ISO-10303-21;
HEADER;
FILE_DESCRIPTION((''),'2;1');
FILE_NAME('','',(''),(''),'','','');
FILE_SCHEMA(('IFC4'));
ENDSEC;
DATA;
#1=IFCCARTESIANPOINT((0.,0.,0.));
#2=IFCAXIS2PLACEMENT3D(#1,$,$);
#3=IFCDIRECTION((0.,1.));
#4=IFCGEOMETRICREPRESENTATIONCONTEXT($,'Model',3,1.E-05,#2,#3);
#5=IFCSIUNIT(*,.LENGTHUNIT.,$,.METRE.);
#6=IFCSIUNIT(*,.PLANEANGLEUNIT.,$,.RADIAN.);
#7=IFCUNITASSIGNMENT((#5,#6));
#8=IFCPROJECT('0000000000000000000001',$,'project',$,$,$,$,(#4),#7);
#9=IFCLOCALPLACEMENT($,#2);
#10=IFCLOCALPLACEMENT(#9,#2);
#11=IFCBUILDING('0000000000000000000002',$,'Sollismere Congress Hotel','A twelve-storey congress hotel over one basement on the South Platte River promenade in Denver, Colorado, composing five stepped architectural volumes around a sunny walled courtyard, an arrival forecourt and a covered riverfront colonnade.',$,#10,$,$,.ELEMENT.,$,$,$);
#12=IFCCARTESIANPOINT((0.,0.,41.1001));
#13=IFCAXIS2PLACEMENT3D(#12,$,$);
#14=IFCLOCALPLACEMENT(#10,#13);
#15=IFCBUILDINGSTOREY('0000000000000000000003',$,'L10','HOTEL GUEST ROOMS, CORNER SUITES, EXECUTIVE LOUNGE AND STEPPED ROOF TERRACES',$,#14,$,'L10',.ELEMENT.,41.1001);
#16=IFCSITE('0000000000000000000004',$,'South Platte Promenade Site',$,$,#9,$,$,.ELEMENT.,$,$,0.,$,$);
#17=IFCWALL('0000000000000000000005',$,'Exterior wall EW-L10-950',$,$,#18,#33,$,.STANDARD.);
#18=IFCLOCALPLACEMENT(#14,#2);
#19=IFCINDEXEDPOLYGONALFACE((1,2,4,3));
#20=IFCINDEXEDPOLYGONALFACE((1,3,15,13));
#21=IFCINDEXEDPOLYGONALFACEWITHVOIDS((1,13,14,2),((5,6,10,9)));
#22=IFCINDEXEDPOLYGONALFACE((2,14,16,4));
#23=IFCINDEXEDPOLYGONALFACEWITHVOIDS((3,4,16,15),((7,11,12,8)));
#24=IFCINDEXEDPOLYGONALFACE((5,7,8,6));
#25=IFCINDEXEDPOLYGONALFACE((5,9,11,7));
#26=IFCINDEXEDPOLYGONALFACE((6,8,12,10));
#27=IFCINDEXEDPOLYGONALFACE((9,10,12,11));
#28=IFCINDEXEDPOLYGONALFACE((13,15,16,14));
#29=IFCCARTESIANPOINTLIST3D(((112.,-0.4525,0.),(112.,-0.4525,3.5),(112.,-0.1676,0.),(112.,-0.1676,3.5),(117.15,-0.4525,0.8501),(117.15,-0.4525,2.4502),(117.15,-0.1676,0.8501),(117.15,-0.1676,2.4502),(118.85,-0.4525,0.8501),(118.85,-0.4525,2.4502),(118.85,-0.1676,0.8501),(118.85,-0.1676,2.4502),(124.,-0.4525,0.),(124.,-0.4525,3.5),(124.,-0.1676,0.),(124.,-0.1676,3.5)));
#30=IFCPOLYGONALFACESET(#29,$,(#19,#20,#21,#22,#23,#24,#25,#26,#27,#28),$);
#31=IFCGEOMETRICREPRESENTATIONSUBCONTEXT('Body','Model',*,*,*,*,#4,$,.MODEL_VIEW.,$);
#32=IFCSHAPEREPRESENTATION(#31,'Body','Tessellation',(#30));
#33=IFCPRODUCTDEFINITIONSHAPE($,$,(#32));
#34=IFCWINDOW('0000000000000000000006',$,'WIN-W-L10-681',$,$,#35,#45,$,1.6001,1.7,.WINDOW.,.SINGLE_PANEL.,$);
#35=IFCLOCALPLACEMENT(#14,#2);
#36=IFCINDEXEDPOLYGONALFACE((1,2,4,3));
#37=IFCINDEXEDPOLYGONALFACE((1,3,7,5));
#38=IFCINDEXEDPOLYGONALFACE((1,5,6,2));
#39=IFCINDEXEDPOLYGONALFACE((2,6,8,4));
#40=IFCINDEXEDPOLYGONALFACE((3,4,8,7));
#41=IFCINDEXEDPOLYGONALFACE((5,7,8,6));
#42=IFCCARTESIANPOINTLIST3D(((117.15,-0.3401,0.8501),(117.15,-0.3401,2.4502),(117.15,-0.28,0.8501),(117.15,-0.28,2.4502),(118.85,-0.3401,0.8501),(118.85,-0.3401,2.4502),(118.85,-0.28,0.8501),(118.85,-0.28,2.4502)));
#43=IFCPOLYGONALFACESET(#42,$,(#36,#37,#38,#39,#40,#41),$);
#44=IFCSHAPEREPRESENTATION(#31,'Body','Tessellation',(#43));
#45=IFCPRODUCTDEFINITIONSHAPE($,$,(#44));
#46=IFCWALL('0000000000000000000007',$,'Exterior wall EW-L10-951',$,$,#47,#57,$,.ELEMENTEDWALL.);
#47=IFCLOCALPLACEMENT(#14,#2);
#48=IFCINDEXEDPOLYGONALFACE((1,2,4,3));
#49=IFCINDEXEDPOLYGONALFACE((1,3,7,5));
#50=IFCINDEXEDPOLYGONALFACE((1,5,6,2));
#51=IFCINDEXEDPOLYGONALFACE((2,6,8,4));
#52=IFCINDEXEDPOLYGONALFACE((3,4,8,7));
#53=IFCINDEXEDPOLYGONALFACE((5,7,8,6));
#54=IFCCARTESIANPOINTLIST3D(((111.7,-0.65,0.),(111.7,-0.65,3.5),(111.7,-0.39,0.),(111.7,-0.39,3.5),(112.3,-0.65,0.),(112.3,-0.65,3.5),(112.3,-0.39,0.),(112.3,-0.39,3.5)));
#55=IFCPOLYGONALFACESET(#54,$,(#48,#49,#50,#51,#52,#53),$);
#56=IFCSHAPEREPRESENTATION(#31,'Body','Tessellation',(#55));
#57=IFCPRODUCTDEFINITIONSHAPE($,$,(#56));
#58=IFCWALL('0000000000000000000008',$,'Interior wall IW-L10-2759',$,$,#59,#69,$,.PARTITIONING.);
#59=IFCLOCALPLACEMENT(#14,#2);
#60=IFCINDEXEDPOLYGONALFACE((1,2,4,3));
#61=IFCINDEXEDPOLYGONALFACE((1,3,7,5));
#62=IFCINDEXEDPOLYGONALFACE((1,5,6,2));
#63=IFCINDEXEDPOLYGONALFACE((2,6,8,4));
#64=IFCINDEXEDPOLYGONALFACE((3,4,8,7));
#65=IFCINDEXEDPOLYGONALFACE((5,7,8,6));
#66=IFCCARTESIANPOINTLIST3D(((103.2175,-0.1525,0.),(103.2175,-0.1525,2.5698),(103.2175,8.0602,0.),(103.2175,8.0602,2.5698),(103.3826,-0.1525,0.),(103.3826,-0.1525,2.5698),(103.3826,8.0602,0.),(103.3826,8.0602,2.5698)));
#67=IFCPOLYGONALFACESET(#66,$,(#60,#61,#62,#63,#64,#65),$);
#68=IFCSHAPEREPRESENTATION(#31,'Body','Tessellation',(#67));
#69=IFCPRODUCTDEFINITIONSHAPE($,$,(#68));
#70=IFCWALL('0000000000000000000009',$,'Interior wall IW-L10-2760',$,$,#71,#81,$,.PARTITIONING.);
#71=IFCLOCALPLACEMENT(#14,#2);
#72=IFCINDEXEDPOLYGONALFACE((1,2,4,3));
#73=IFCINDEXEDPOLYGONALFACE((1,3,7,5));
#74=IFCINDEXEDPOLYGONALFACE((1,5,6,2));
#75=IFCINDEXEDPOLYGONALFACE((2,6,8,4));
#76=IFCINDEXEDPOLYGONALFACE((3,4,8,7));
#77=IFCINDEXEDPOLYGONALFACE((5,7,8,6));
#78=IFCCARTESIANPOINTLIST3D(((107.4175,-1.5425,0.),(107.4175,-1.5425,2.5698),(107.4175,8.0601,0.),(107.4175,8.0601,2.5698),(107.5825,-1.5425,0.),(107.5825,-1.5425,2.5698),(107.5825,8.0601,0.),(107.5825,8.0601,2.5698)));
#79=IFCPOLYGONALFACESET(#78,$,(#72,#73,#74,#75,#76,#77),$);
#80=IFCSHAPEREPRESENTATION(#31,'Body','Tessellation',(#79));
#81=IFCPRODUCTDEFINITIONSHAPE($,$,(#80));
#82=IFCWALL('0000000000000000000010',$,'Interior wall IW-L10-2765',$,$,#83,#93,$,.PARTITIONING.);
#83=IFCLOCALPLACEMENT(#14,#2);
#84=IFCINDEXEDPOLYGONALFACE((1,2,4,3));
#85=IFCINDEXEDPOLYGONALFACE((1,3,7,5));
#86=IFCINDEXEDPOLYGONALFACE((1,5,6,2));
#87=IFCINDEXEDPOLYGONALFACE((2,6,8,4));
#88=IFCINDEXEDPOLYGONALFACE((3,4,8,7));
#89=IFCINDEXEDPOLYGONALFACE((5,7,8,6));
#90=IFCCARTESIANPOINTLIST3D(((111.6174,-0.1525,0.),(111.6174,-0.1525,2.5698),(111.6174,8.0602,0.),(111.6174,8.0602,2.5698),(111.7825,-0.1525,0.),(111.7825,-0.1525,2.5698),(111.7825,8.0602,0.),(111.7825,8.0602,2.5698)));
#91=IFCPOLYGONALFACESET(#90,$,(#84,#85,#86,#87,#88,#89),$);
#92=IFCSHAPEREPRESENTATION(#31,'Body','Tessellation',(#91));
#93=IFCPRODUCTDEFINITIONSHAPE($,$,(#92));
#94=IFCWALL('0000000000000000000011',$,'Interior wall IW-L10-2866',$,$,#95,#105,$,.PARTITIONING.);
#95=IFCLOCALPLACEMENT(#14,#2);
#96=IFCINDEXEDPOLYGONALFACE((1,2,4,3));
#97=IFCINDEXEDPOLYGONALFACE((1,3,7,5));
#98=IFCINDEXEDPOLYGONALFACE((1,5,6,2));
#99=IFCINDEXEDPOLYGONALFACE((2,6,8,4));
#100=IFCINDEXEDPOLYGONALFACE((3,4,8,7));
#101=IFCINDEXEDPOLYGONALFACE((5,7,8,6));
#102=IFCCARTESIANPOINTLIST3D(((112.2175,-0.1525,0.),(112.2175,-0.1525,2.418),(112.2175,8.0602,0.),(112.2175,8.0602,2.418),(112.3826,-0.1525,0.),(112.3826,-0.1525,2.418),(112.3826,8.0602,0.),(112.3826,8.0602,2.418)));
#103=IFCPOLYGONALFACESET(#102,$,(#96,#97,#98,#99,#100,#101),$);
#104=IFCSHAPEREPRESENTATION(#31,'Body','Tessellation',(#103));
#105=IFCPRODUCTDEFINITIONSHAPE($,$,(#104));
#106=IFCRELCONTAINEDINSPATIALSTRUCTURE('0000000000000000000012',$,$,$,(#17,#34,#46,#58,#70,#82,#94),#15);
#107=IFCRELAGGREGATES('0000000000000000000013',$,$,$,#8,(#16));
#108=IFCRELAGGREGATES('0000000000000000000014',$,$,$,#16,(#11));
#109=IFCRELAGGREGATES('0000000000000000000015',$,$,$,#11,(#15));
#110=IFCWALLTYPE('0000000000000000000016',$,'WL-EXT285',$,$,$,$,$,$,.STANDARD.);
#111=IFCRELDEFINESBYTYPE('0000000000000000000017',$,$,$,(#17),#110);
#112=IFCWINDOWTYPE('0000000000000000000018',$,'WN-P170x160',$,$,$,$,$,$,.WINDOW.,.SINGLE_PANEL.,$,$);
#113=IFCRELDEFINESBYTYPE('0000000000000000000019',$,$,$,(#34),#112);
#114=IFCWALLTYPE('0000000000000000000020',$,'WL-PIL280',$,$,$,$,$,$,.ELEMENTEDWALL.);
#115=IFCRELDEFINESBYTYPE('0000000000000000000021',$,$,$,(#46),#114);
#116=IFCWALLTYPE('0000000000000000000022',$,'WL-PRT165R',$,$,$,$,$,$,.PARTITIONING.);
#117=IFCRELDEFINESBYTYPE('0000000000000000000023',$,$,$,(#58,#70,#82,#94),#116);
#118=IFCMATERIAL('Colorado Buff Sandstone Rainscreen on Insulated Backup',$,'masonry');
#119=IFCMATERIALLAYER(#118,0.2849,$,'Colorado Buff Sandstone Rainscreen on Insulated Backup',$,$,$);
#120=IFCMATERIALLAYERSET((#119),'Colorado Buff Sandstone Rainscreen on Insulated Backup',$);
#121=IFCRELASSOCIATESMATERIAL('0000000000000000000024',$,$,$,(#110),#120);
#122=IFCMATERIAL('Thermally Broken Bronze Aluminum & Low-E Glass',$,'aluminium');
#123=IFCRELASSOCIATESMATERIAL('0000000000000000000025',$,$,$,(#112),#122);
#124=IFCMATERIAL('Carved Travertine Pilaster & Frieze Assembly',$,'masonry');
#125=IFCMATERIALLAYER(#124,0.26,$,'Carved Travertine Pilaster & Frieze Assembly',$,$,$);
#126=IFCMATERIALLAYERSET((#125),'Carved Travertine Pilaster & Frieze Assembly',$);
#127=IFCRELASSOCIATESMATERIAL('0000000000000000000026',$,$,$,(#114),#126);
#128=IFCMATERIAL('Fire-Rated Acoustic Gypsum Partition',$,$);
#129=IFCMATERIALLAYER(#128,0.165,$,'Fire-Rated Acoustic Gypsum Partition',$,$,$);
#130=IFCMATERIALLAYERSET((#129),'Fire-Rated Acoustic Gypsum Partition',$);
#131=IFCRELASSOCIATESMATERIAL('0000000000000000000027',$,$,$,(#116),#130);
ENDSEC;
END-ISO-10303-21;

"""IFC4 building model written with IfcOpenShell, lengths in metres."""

from ifc_helpers import new_model, si_unit, direction, frame, frame_2d, origin, place, context, subcontext, project, spatial, rectangle, extrude, material, layer, layer_set, type_object, element, fill, save


model = new_model("IFC4")

# Units and contexts
model_context = context("Model", 3, precision=1e-05, world=origin(), true_north=direction((0.0, 1.0)))
body_context = subcontext(model_context, "Body", "Model", "MODEL_VIEW")
ifc_project = project(units=[si_unit("LENGTHUNIT", "METRE"), si_unit("PLANEANGLEUNIT", "RADIAN")], contexts=[model_context])

# Site, building, storey
site_placement = place(None, origin())
site = spatial("IfcSite", under=ifc_project, at=site_placement, Name="South Platte Promenade Site", CompositionType="ELEMENT", RefElevation=0.0)
building_placement = place(site_placement, origin())
building = spatial("IfcBuilding", under=site, at=building_placement, Name="Sollismere Congress Hotel", Description="A twelve-storey congress hotel over one basement on the South Platte River promenade in Denver, Colorado, composing five stepped architectural volumes around a sunny walled courtyard, an arrival forecourt and a covered riverfront colonnade.", CompositionType="ELEMENT")
storey_placement = place(building_placement, frame((0.0, 0.0, 41.1001)))
storey = spatial("IfcBuildingStorey", under=building, at=storey_placement, Name="L10", Description="HOTEL GUEST ROOMS, CORNER SUITES, EXECUTIVE LOUNGE AND STEPPED ROOF TERRACES", LongName="L10", CompositionType="ELEMENT", Elevation=41.1001)

# Shared definitions
ifc_material_1 = material(Name="Colorado Buff Sandstone Rainscreen on Insulated Backup", Category="masonry")
ifc_layer_1 = layer(ifc_material_1, 0.2849, Name="Colorado Buff Sandstone Rainscreen on Insulated Backup")
ifc_layer_set_1 = layer_set([ifc_layer_1], Name="Colorado Buff Sandstone Rainscreen on Insulated Backup")
wall_type_1 = type_object("IfcWallType", Name="WL-EXT285", PredefinedType="STANDARD", material=ifc_layer_set_1)
ifc_material_2 = material(Name="Thermally Broken Bronze Aluminum & Low-E Glass", Category="aluminium")

# Wall, opening, window
wall_1_placement = place(storey_placement, frame((112.0, -0.3101, 0.0), z_axis=(0.0, 0.0, 1.0), x_axis=(1.0, 0.0, 0.0)))
wall_1 = element("IfcWall", 1, at=wall_1_placement, inside=storey, type_object=wall_type_1, Name="Exterior wall EW-L10-950", PredefinedType="STANDARD", context=body_context, shape_type="SweptSolid", body=[
    extrude(rectangle(XDim=12.0, YDim=0.2849, at=frame_2d((6.0, 0.0))), origin(), (0.0, 0.0, 1.0), 3.5),
])
opening_1_placement = place(wall_1_placement, frame((5.1499, 0.0, 0.8501)))
opening_1 = element("IfcOpeningElement", 2, at=opening_1_placement, cuts=wall_1, PredefinedType="OPENING", context=body_context, shape_type="SweptSolid", body=[
    extrude(rectangle(XDim=1.7, YDim=1.6001, at=frame_2d((0.8501, 0.8))), frame((0.0, 0.1523, 0.0), z_axis=(0.0, -1.0, 0.0), x_axis=(1.0, 0.0, 0.0)), (0.0, 0.0, 1.0), 0.3049),
])
window_type_1 = type_object("IfcWindowType", Name="WN-P170x160", PartitioningType="SINGLE_PANEL", PredefinedType="WINDOW", material=ifc_material_2)
window_1_placement = place(opening_1_placement, origin())
window_1 = element("IfcWindow", 3, at=window_1_placement, inside=storey, type_object=window_type_1, Name="WIN-W-L10-681", OverallHeight=1.6001, OverallWidth=1.7, PartitioningType="SINGLE_PANEL", PredefinedType="WINDOW", context=body_context, shape_type="SweptSolid", body=[
    extrude(rectangle(XDim=1.7, YDim=1.6001, at=frame_2d((0.8501, 0.8))), frame((0.0, 0.03, 0.0), z_axis=(0.0, -1.0, 0.0), x_axis=(1.0, 0.0, 0.0)), (0.0, 0.0, 1.0), 0.0601),
])
fill(opening_1, window_1)

# Walls
ifc_material_3 = material(Name="Carved Travertine Pilaster & Frieze Assembly", Category="masonry")
ifc_layer_2 = layer(ifc_material_3, 0.26, Name="Carved Travertine Pilaster & Frieze Assembly")
ifc_layer_set_2 = layer_set([ifc_layer_2], Name="Carved Travertine Pilaster & Frieze Assembly")
wall_type_2 = type_object("IfcWallType", Name="WL-PIL280", PredefinedType="ELEMENTEDWALL", material=ifc_layer_set_2)
wall_2_placement = place(storey_placement, frame((111.7, -0.52, 0.0), z_axis=(0.0, 0.0, 1.0), x_axis=(1.0, 0.0, 0.0)))
element("IfcWall", 4, at=wall_2_placement, inside=storey, type_object=wall_type_2, Name="Exterior wall EW-L10-951", PredefinedType="ELEMENTEDWALL", context=body_context, shape_type="SweptSolid", body=[
    extrude(rectangle(XDim=0.6001, YDim=0.26, at=frame_2d((0.3, 0.0))), origin(), (0.0, 0.0, 1.0), 3.5),
])
ifc_material_4 = material(Name="Fire-Rated Acoustic Gypsum Partition")
ifc_layer_3 = layer(ifc_material_4, 0.165, Name="Fire-Rated Acoustic Gypsum Partition")
ifc_layer_set_3 = layer_set([ifc_layer_3], Name="Fire-Rated Acoustic Gypsum Partition")
wall_type_3 = type_object("IfcWallType", Name="WL-PRT165R", PredefinedType="PARTITIONING", material=ifc_layer_set_3)
wall_3_placement = place(storey_placement, frame((103.3, -0.1526, 0.0), z_axis=(0.0, 0.0, 1.0), x_axis=(0.0, 1.0, 0.0)))
element("IfcWall", 5, at=wall_3_placement, inside=storey, type_object=wall_type_3, Name="Interior wall IW-L10-2759", PredefinedType="PARTITIONING", context=body_context, shape_type="SweptSolid", body=[
    extrude(rectangle(XDim=8.2126, YDim=0.165, at=frame_2d((4.1064, 0.0))), origin(), (0.0, 0.0, 1.0), 2.5698),
])
wall_4_placement = place(storey_placement, frame((107.5, -1.5425, 0.0), z_axis=(0.0, 0.0, 1.0), x_axis=(0.0, 1.0, 0.0)))
element("IfcWall", 6, at=wall_4_placement, inside=storey, type_object=wall_type_3, Name="Interior wall IW-L10-2760", PredefinedType="PARTITIONING", context=body_context, shape_type="SweptSolid", body=[
    extrude(rectangle(XDim=9.6025, YDim=0.165, at=frame_2d((4.8013, 0.0))), origin(), (0.0, 0.0, 1.0), 2.5698),
])
wall_5_placement = place(storey_placement, frame((111.7, -0.1526, 0.0), z_axis=(0.0, 0.0, 1.0), x_axis=(0.0, 1.0, 0.0)))
element("IfcWall", 7, at=wall_5_placement, inside=storey, type_object=wall_type_3, Name="Interior wall IW-L10-2765", PredefinedType="PARTITIONING", context=body_context, shape_type="SweptSolid", body=[
    extrude(rectangle(XDim=8.2126, YDim=0.165, at=frame_2d((4.1064, 0.0))), origin(), (0.0, 0.0, 1.0), 2.5698),
])
wall_6_placement = place(storey_placement, frame((112.3, -0.1526, 0.0), z_axis=(0.0, 0.0, 1.0), x_axis=(0.0, 1.0, 0.0)))
element("IfcWall", 8, at=wall_6_placement, inside=storey, type_object=wall_type_3, Name="Interior wall IW-L10-2866", PredefinedType="PARTITIONING", context=body_context, shape_type="SweptSolid", body=[
    extrude(rectangle(XDim=8.2126, YDim=0.165, at=frame_2d((4.1064, 0.0))), origin(), (0.0, 0.0, 1.0), 2.418),
])

save(model, "model.ifc")
